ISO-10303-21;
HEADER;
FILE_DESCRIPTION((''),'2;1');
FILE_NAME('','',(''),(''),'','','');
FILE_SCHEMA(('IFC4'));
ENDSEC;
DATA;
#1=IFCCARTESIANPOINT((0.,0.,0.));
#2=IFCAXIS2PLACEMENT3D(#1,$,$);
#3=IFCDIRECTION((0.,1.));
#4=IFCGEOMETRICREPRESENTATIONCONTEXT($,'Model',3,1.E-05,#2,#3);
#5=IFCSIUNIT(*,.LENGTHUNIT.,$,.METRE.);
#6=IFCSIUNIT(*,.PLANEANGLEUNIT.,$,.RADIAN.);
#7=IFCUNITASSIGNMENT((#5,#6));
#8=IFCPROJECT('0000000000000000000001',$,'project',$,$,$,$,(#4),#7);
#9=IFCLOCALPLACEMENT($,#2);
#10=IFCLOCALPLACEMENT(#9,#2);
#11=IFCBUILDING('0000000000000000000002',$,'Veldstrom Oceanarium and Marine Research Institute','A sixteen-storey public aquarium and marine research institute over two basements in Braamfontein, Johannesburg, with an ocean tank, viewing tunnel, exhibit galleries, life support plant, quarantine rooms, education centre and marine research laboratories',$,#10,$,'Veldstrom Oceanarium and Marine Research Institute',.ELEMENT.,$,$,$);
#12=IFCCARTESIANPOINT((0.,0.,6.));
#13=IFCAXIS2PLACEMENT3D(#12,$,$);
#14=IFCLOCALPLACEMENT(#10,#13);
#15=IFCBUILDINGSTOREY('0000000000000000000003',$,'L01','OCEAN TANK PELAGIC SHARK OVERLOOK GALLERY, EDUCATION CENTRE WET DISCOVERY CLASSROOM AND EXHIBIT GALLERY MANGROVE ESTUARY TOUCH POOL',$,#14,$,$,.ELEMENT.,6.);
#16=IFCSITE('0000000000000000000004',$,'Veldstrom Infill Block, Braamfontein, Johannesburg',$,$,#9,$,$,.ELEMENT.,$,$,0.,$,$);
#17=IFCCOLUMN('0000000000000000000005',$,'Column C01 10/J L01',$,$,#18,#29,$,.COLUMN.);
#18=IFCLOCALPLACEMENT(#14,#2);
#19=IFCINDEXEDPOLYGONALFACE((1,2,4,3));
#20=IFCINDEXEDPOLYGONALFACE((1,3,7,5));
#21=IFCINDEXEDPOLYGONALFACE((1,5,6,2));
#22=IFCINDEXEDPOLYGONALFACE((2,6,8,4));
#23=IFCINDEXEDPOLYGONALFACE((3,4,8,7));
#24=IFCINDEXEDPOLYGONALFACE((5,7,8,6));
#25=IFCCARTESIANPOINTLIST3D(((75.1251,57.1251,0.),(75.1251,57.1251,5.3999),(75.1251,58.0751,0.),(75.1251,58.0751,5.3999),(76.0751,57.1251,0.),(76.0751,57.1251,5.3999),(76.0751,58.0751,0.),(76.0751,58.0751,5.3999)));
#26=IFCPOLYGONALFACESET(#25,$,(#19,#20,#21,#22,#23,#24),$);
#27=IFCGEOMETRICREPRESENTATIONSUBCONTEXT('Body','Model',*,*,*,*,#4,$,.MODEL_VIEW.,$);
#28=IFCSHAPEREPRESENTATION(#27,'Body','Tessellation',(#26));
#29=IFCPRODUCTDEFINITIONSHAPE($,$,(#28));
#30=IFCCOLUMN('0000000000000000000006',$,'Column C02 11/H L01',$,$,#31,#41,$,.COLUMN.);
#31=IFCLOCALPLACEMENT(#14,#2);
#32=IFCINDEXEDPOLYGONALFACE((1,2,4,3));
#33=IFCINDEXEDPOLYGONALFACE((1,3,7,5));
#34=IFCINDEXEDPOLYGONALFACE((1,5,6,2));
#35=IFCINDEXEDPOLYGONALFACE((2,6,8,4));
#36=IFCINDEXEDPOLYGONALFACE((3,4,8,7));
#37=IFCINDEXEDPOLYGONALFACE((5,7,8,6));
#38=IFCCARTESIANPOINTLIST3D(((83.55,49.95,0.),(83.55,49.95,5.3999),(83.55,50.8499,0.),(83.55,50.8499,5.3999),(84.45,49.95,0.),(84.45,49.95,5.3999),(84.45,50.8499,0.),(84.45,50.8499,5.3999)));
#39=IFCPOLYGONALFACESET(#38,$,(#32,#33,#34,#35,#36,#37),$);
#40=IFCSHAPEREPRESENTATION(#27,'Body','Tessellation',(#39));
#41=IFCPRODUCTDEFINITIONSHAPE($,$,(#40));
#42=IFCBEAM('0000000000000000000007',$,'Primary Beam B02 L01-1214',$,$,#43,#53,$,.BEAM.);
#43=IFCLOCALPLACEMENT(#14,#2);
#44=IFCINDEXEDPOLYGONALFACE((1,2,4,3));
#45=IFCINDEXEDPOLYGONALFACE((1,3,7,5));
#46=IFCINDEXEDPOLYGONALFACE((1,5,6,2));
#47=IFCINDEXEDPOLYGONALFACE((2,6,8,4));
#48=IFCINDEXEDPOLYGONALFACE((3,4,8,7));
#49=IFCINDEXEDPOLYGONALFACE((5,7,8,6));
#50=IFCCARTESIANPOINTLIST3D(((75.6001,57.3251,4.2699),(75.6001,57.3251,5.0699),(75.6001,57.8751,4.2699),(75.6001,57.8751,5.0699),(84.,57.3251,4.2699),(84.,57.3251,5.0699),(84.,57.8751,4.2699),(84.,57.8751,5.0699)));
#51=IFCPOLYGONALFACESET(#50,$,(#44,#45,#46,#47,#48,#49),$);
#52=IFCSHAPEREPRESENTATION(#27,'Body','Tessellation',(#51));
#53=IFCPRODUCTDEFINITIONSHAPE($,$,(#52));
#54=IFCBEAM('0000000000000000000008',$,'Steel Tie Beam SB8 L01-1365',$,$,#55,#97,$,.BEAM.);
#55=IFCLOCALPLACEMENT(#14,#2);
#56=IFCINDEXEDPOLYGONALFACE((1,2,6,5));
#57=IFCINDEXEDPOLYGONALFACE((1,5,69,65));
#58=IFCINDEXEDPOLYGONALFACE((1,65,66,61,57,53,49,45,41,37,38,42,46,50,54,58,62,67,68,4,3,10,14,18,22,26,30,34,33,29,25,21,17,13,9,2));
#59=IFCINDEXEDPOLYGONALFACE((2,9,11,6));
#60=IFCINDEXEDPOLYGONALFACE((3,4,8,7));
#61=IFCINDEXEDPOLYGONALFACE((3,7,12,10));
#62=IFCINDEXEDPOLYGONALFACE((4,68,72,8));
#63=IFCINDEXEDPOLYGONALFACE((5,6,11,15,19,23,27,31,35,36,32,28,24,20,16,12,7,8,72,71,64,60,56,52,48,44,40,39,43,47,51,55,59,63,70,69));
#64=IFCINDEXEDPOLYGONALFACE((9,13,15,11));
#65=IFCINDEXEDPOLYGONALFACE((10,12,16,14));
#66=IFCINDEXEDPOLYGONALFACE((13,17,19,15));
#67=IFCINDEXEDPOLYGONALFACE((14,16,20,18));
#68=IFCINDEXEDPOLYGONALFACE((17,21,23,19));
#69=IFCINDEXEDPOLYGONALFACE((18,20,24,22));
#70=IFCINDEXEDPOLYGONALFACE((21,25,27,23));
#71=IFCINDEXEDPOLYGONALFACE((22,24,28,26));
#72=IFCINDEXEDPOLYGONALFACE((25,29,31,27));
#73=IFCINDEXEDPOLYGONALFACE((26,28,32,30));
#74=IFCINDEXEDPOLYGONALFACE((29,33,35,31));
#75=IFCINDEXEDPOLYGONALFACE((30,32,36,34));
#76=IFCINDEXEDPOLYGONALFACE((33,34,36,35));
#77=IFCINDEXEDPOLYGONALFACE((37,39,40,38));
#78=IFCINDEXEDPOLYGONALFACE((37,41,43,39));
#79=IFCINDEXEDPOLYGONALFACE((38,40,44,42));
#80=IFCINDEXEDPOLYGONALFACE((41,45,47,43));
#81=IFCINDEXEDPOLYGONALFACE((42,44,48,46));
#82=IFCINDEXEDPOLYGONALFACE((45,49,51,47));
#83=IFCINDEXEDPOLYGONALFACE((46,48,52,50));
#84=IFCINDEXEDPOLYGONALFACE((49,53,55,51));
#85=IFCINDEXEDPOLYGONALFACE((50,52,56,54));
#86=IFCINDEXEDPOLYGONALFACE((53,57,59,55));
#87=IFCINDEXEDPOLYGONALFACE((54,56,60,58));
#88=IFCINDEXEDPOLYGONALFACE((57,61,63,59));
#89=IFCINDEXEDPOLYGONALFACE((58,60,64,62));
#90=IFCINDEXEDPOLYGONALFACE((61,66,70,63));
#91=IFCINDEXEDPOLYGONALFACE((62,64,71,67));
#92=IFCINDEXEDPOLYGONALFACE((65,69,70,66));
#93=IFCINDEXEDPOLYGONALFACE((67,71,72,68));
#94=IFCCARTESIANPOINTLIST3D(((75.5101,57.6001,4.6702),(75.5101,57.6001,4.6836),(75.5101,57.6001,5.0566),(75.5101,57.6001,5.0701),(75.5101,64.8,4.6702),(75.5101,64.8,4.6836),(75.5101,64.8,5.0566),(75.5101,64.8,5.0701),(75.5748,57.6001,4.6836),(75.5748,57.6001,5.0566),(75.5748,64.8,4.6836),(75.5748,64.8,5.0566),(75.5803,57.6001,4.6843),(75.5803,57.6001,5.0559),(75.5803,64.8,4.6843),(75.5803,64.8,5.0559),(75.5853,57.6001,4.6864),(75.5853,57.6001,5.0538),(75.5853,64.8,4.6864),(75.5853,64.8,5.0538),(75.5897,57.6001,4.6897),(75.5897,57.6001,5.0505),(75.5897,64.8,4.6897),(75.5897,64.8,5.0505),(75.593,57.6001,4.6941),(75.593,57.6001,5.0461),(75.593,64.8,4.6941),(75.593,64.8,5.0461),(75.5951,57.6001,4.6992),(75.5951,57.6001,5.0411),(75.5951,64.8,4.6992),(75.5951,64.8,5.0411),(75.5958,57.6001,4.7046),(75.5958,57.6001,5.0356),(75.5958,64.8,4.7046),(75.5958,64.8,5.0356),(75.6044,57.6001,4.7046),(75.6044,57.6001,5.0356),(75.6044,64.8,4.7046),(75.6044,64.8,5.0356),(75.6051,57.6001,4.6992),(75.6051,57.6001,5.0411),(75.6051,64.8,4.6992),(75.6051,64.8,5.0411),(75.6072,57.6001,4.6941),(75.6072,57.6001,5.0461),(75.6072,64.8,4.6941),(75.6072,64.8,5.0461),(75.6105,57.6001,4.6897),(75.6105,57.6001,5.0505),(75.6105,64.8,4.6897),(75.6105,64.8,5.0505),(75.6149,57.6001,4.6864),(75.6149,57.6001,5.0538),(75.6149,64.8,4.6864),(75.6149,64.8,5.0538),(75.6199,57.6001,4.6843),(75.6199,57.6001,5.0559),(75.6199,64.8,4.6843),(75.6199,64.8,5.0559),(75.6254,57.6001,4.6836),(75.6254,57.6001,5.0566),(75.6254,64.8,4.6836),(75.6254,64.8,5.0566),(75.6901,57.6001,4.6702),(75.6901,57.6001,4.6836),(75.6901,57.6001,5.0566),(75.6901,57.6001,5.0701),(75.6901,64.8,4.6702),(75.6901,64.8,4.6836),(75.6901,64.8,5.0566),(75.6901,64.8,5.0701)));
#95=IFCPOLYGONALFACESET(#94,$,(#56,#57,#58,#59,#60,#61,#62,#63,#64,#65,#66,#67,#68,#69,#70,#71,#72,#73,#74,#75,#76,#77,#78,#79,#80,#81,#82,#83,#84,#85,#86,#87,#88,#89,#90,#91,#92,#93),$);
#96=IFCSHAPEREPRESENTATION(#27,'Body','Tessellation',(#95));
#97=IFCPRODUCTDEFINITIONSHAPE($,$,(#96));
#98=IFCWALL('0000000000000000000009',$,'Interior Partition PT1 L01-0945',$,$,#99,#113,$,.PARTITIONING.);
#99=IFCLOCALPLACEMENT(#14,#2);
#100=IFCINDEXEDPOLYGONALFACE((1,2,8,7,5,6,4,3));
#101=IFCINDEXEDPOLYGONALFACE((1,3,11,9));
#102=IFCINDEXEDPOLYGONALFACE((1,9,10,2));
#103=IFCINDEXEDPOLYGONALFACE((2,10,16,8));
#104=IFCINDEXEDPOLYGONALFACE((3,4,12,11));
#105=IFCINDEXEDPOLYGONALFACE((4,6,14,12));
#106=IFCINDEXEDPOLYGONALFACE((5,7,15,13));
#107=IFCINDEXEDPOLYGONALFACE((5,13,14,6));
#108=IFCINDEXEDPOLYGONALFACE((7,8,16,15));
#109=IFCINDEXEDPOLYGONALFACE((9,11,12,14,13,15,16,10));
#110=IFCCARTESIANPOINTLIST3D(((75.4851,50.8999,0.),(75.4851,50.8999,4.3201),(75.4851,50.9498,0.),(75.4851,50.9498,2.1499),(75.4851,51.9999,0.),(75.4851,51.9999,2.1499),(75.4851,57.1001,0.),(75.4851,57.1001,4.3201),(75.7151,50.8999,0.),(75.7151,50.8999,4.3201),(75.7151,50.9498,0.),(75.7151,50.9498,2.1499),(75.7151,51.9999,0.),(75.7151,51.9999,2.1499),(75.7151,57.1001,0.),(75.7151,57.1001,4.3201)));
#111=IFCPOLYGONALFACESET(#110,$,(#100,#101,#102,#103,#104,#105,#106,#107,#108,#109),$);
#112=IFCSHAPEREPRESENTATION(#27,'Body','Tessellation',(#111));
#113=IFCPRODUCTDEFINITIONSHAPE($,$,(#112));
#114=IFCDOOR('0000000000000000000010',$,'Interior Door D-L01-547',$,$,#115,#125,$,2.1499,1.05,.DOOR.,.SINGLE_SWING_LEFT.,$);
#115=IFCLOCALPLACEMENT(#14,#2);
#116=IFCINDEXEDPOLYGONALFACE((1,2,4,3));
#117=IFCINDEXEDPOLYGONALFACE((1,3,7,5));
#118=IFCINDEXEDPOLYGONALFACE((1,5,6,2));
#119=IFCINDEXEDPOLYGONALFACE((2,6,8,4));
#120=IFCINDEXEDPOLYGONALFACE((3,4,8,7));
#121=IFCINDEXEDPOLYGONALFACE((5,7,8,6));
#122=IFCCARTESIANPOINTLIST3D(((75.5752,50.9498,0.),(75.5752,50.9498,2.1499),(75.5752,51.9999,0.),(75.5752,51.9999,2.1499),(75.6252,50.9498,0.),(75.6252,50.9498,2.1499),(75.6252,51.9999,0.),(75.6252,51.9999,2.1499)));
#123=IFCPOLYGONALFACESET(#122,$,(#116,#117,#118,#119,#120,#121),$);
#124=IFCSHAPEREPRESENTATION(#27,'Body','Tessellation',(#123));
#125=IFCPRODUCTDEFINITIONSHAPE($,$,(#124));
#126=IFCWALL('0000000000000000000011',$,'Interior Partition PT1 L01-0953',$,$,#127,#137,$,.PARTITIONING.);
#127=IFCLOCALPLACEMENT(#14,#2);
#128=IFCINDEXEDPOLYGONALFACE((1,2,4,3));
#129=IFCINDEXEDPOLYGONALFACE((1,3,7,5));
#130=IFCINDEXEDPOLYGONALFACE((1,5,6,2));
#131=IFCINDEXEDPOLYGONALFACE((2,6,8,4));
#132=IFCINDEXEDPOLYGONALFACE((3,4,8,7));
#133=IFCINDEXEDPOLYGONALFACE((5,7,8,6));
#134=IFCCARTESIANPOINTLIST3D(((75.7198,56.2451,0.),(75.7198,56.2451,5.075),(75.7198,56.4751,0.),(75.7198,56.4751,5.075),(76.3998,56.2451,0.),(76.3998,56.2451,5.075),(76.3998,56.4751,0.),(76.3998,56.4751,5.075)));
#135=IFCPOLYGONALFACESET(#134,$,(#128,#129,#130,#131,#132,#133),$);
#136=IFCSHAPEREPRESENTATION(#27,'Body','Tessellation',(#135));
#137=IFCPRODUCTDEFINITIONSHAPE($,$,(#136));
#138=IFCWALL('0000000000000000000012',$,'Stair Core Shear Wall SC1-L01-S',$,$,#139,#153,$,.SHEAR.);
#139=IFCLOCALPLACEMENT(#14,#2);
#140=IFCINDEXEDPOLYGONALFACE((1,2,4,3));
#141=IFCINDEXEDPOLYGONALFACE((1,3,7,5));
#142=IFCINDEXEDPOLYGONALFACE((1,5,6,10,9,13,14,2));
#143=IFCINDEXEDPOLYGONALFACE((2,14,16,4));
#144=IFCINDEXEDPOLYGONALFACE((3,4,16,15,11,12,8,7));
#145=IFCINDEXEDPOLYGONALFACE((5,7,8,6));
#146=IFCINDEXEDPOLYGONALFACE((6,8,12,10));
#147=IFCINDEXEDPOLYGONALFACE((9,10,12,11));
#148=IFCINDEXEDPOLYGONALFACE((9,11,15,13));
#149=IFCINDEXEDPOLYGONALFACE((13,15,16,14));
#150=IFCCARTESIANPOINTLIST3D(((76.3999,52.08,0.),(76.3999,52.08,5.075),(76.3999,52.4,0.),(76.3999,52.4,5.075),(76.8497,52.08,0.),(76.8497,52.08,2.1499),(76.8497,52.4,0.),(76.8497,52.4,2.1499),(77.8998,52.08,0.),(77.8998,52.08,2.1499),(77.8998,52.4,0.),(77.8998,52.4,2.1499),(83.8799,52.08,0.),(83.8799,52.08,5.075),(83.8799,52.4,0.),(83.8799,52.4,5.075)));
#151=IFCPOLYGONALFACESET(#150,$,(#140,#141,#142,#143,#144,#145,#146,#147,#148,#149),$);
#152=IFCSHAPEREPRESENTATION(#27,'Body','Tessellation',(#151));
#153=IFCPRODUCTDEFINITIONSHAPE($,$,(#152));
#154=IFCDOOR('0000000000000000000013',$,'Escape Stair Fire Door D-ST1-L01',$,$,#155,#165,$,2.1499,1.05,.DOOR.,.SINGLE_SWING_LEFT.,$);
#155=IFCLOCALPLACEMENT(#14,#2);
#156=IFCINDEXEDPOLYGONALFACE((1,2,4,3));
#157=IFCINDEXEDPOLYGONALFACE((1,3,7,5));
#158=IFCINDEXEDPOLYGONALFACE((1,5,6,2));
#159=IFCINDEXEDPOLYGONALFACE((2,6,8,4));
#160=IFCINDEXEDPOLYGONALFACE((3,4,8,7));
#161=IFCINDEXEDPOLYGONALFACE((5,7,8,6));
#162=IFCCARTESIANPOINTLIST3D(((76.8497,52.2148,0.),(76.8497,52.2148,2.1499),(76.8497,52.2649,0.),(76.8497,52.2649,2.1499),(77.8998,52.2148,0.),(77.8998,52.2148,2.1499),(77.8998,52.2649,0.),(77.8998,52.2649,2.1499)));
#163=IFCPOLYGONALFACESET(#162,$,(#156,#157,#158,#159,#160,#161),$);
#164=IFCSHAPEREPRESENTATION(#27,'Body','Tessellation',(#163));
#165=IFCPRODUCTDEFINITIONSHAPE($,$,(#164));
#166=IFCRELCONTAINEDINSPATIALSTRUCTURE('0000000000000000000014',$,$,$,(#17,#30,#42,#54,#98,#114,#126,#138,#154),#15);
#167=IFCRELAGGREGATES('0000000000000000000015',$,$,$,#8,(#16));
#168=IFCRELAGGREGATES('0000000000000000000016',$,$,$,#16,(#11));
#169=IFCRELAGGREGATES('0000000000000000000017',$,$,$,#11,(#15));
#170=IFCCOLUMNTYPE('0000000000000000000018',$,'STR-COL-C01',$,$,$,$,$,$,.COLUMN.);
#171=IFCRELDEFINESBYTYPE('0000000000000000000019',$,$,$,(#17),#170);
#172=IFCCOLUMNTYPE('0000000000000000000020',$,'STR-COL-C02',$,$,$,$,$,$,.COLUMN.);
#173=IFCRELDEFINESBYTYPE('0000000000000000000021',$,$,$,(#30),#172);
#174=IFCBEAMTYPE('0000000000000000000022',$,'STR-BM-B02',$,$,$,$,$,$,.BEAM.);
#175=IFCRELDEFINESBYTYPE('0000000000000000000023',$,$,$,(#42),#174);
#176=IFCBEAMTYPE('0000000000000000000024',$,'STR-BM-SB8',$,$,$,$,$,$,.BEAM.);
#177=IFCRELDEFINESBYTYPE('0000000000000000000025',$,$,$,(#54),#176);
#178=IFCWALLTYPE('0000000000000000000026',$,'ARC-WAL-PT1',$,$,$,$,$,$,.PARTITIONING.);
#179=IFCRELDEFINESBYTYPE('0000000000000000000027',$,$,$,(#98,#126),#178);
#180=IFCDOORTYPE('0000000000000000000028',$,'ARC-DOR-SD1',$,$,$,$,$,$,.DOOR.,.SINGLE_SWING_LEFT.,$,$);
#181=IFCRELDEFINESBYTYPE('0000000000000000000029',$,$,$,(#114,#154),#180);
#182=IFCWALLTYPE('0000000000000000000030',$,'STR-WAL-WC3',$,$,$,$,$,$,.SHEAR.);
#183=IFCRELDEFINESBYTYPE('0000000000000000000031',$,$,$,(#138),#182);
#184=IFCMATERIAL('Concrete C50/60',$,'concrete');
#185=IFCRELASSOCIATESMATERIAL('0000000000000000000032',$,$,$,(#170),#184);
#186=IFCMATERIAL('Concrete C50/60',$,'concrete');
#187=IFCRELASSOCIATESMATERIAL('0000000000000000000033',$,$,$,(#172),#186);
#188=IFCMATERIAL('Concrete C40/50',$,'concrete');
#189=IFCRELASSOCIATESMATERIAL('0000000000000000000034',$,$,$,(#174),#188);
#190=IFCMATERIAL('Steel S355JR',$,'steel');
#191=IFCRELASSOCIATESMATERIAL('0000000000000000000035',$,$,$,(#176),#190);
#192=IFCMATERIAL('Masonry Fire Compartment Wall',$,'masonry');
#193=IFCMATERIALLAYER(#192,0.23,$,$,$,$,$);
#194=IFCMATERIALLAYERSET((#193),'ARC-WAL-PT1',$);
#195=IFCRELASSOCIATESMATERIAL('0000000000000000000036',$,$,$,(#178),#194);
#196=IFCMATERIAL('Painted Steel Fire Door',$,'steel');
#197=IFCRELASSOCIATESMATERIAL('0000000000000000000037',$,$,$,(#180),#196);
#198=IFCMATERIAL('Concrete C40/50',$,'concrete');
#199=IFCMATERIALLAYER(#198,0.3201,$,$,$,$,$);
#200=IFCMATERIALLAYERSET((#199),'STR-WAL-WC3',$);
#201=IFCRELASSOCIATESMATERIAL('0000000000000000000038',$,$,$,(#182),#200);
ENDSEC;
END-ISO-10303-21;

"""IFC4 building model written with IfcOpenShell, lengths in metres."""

from ifc_helpers import new_model, si_unit, direction, frame, frame_2d, origin, origin_2d, place, context, subcontext, project, spatial, rectangle, i_section, extrude, material, layer, layer_set, material_profile, profile_set, type_object, element, fill, save


model = new_model("IFC4")

# Units and contexts
model_context = context("Model", 3, precision=1e-05, world=origin(), true_north=direction((0.0, 1.0)))
body_context = subcontext(model_context, "Body", "Model", "MODEL_VIEW")
ifc_project = project(units=[si_unit("LENGTHUNIT", "METRE"), si_unit("PLANEANGLEUNIT", "RADIAN")], contexts=[model_context])

# Site, building, storey
site_placement = place(None, origin())
site = spatial("IfcSite", under=ifc_project, at=site_placement, Name="Veldstrom Infill Block, Braamfontein, Johannesburg", CompositionType="ELEMENT", RefElevation=0.0)
building_placement = place(site_placement, origin())
building = spatial("IfcBuilding", under=site, at=building_placement, Name="Veldstrom Oceanarium and Marine Research Institute", Description="A sixteen-storey public aquarium and marine research institute over two basements in Braamfontein, Johannesburg, with an ocean tank, viewing tunnel, exhibit galleries, life support plant, quarantine rooms, education centre and marine research laboratories", LongName="Veldstrom Oceanarium and Marine Research Institute", CompositionType="ELEMENT")
storey_placement = place(building_placement, frame((0.0, 0.0, 6.0)))
storey = spatial("IfcBuildingStorey", under=building, at=storey_placement, Name="L01", Description="OCEAN TANK PELAGIC SHARK OVERLOOK GALLERY, EDUCATION CENTRE WET DISCOVERY CLASSROOM AND EXHIBIT GALLERY MANGROVE ESTUARY TOUCH POOL", CompositionType="ELEMENT", Elevation=6.0)

# Columns
ifc_material_1 = material(Name="Concrete C50/60", Category="concrete")
ifc_material_profile_1 = material_profile(ifc_material_1, rectangle(XDim=0.95, YDim=0.95, at=origin_2d()), Name="RC-COL-950x950")
ifc_profile_set_1 = profile_set([ifc_material_profile_1], Name="Concrete C50/60")
column_type_1 = type_object("IfcColumnType", Name="STR-COL-C01", PredefinedType="COLUMN", material=ifc_profile_set_1)
column_1_placement = place(storey_placement, frame((75.6001, 57.6001, 0.0), z_axis=(0.0, 0.0, 1.0), x_axis=(1.0, 0.0, 0.0)))
element("IfcColumn", 1, at=column_1_placement, inside=storey, type_object=column_type_1, Name="Column C01 10/J L01", PredefinedType="COLUMN", context=body_context, shape_type="SweptSolid", body=[
    extrude(rectangle(XDim=0.95, YDim=0.95, at=origin_2d()), origin(), (0.0, 0.0, 1.0), 5.3999),
])
ifc_material_2 = material(Name="Concrete C50/60", Category="concrete")
ifc_material_profile_2 = material_profile(ifc_material_2, rectangle(XDim=0.8999, YDim=0.8999, at=origin_2d()), Name="RC-COL-900x900")
ifc_profile_set_2 = profile_set([ifc_material_profile_2], Name="Concrete C50/60")
column_type_2 = type_object("IfcColumnType", Name="STR-COL-C02", PredefinedType="COLUMN", material=ifc_profile_set_2)
column_2_placement = place(storey_placement, frame((84.0, 50.3999, 0.0), z_axis=(0.0, 0.0, 1.0), x_axis=(1.0, 0.0, 0.0)))
element("IfcColumn", 2, at=column_2_placement, inside=storey, type_object=column_type_2, Name="Column C02 11/H L01", PredefinedType="COLUMN", context=body_context, shape_type="SweptSolid", body=[
    extrude(rectangle(XDim=0.8999, YDim=0.8999, at=origin_2d()), origin(), (0.0, 0.0, 1.0), 5.3999),
])

# Beams
ifc_material_3 = material(Name="Concrete C40/50", Category="concrete")
ifc_material_profile_3 = material_profile(ifc_material_3, rectangle(XDim=0.55, YDim=0.8, at=origin_2d()), Name="RC-BM-550x800")
ifc_profile_set_3 = profile_set([ifc_material_profile_3], Name="Concrete C40/50")
beam_type_1 = type_object("IfcBeamType", Name="STR-BM-B02", PredefinedType="BEAM", material=ifc_profile_set_3)
beam_1_placement = place(storey_placement, frame((75.6001, 57.6001, 4.6699), z_axis=(1.0, 0.0, 0.0), x_axis=(0.0, 1.0, 0.0)))
element("IfcBeam", 3, at=beam_1_placement, inside=storey, type_object=beam_type_1, Name="Primary Beam B02 L01-1214", PredefinedType="BEAM", context=body_context, shape_type="SweptSolid", body=[
    extrude(rectangle(XDim=0.55, YDim=0.8, at=origin_2d()), origin(), (0.0, 0.0, 1.0), 8.3999),
])
ifc_material_4 = material(Name="Steel S355JR", Category="steel")
ifc_material_profile_4 = material_profile(ifc_material_4, i_section(OverallWidth=0.1799, OverallDepth=0.3999, WebThickness=0.0085, FlangeThickness=0.0134, FilletRadius=0.021, at=origin_2d()), Name="IPE 400")
ifc_profile_set_4 = profile_set([ifc_material_profile_4], Name="Steel S355JR")
beam_type_2 = type_object("IfcBeamType", Name="STR-BM-SB8", PredefinedType="BEAM", material=ifc_profile_set_4)
beam_2_placement = place(storey_placement, frame((75.6001, 57.6001, 4.8701), z_axis=(0.0, 1.0, 0.0), x_axis=(-1.0, 0.0, 0.0)))
element("IfcBeam", 4, at=beam_2_placement, inside=storey, type_object=beam_type_2, Name="Steel Tie Beam SB8 L01-1365", PredefinedType="BEAM", context=body_context, shape_type="SweptSolid", body=[
    extrude(i_section(OverallWidth=0.1799, OverallDepth=0.3999, WebThickness=0.0085, FlangeThickness=0.0134, FilletRadius=0.021, at=origin_2d()), origin(), (0.0, 0.0, 1.0), 7.2),
])

# Wall, opening, door
ifc_material_5 = material(Name="Masonry Fire Compartment Wall", Category="masonry")
ifc_layer_1 = layer(ifc_material_5, 0.23)
ifc_layer_set_1 = layer_set([ifc_layer_1], Name="ARC-WAL-PT1")
wall_type_1 = type_object("IfcWallType", Name="ARC-WAL-PT1", PredefinedType="PARTITIONING", material=ifc_layer_set_1)
wall_1_placement = place(storey_placement, frame((75.6001, 50.8999, 0.0), z_axis=(0.0, 0.0, 1.0), x_axis=(0.0, 1.0, 0.0)))
wall_1 = element("IfcWall", 5, at=wall_1_placement, inside=storey, type_object=wall_type_1, Name="Interior Partition PT1 L01-0945", PredefinedType="PARTITIONING", context=body_context, shape_type="SweptSolid", body=[
    extrude(rectangle(XDim=6.2002, YDim=0.23, at=frame_2d((3.1001, 0.0))), origin(), (0.0, 0.0, 1.0), 4.3201),
])
opening_1_placement = place(wall_1_placement, frame((0.05, 0.0, 0.0)))
opening_1 = element("IfcOpeningElement", 6, at=opening_1_placement, cuts=wall_1, PredefinedType="OPENING", context=body_context, shape_type="SweptSolid", body=[
    extrude(rectangle(XDim=1.05, YDim=2.1499, at=frame_2d((0.5249, 1.075))), frame((0.0, 0.125, 0.0), z_axis=(0.0, -1.0, 0.0), x_axis=(1.0, 0.0, 0.0)), (0.0, 0.0, 1.0), 0.25),
])
ifc_material_6 = material(Name="Painted Steel Fire Door", Category="steel")
door_type_1 = type_object("IfcDoorType", Name="ARC-DOR-SD1", OperationType="SINGLE_SWING_LEFT", PredefinedType="DOOR", material=ifc_material_6)
door_1_placement = place(opening_1_placement, origin())
door_1 = element("IfcDoor", 7, at=door_1_placement, inside=storey, type_object=door_type_1, Name="Interior Door D-L01-547", OperationType="SINGLE_SWING_LEFT", OverallHeight=2.1499, OverallWidth=1.05, PredefinedType="DOOR", context=body_context, shape_type="SweptSolid", body=[
    extrude(rectangle(XDim=1.05, YDim=2.1499, at=frame_2d((0.5249, 1.075))), frame((0.0, 0.0249, 0.0), z_axis=(0.0, -1.0, 0.0), x_axis=(1.0, 0.0, 0.0)), (0.0, 0.0, 1.0), 0.05),
])
fill(opening_1, door_1)

# Wall
wall_2_placement = place(storey_placement, frame((75.72, 56.3601, 0.0), z_axis=(0.0, 0.0, 1.0), x_axis=(1.0, 0.0, 0.0)))
element("IfcWall", 8, at=wall_2_placement, inside=storey, type_object=wall_type_1, Name="Interior Partition PT1 L01-0953", PredefinedType="PARTITIONING", context=body_context, shape_type="SweptSolid", body=[
    extrude(rectangle(XDim=0.6799, YDim=0.23, at=frame_2d((0.3398, 0.0))), origin(), (0.0, 0.0, 1.0), 5.075),
])

# Wall, opening, door
ifc_material_7 = material(Name="Concrete C40/50", Category="concrete")
ifc_layer_2 = layer(ifc_material_7, 0.3201)
ifc_layer_set_2 = layer_set([ifc_layer_2], Name="STR-WAL-WC3")
wall_type_2 = type_object("IfcWallType", Name="STR-WAL-WC3", PredefinedType="SHEAR", material=ifc_layer_set_2)
wall_3_placement = place(storey_placement, frame((76.3999, 52.24, 0.0), z_axis=(0.0, 0.0, 1.0), x_axis=(1.0, 0.0, 0.0)))
wall_3 = element("IfcWall", 9, at=wall_3_placement, inside=storey, type_object=wall_type_2, Name="Stair Core Shear Wall SC1-L01-S", PredefinedType="SHEAR", context=body_context, shape_type="SweptSolid", body=[
    extrude(rectangle(XDim=7.48, YDim=0.3201, at=frame_2d((3.74, 0.0))), origin(), (0.0, 0.0, 1.0), 5.075),
])
opening_2_placement = place(wall_3_placement, frame((0.45, 0.0, 0.0)))
opening_2 = element("IfcOpeningElement", 10, at=opening_2_placement, cuts=wall_3, PredefinedType="OPENING", context=body_context, shape_type="SweptSolid", body=[
    extrude(rectangle(XDim=1.05, YDim=2.1499, at=frame_2d((0.5249, 1.075))), frame((0.0, 0.1699, 0.0), z_axis=(0.0, -1.0, 0.0), x_axis=(1.0, 0.0, 0.0)), (0.0, 0.0, 1.0), 0.3401),
])
door_2_placement = place(opening_2_placement, origin())
door_2 = element("IfcDoor", 11, at=door_2_placement, inside=storey, type_object=door_type_1, Name="Escape Stair Fire Door D-ST1-L01", OperationType="SINGLE_SWING_LEFT", OverallHeight=2.1499, OverallWidth=1.05, PredefinedType="DOOR", context=body_context, shape_type="SweptSolid", body=[
    extrude(rectangle(XDim=1.05, YDim=2.1499, at=frame_2d((0.5249, 1.075))), frame((0.0, 0.0249, 0.0), z_axis=(0.0, -1.0, 0.0), x_axis=(1.0, 0.0, 0.0)), (0.0, 0.0, 1.0), 0.05),
])
fill(opening_2, door_2)

save(model, "model.ifc")
